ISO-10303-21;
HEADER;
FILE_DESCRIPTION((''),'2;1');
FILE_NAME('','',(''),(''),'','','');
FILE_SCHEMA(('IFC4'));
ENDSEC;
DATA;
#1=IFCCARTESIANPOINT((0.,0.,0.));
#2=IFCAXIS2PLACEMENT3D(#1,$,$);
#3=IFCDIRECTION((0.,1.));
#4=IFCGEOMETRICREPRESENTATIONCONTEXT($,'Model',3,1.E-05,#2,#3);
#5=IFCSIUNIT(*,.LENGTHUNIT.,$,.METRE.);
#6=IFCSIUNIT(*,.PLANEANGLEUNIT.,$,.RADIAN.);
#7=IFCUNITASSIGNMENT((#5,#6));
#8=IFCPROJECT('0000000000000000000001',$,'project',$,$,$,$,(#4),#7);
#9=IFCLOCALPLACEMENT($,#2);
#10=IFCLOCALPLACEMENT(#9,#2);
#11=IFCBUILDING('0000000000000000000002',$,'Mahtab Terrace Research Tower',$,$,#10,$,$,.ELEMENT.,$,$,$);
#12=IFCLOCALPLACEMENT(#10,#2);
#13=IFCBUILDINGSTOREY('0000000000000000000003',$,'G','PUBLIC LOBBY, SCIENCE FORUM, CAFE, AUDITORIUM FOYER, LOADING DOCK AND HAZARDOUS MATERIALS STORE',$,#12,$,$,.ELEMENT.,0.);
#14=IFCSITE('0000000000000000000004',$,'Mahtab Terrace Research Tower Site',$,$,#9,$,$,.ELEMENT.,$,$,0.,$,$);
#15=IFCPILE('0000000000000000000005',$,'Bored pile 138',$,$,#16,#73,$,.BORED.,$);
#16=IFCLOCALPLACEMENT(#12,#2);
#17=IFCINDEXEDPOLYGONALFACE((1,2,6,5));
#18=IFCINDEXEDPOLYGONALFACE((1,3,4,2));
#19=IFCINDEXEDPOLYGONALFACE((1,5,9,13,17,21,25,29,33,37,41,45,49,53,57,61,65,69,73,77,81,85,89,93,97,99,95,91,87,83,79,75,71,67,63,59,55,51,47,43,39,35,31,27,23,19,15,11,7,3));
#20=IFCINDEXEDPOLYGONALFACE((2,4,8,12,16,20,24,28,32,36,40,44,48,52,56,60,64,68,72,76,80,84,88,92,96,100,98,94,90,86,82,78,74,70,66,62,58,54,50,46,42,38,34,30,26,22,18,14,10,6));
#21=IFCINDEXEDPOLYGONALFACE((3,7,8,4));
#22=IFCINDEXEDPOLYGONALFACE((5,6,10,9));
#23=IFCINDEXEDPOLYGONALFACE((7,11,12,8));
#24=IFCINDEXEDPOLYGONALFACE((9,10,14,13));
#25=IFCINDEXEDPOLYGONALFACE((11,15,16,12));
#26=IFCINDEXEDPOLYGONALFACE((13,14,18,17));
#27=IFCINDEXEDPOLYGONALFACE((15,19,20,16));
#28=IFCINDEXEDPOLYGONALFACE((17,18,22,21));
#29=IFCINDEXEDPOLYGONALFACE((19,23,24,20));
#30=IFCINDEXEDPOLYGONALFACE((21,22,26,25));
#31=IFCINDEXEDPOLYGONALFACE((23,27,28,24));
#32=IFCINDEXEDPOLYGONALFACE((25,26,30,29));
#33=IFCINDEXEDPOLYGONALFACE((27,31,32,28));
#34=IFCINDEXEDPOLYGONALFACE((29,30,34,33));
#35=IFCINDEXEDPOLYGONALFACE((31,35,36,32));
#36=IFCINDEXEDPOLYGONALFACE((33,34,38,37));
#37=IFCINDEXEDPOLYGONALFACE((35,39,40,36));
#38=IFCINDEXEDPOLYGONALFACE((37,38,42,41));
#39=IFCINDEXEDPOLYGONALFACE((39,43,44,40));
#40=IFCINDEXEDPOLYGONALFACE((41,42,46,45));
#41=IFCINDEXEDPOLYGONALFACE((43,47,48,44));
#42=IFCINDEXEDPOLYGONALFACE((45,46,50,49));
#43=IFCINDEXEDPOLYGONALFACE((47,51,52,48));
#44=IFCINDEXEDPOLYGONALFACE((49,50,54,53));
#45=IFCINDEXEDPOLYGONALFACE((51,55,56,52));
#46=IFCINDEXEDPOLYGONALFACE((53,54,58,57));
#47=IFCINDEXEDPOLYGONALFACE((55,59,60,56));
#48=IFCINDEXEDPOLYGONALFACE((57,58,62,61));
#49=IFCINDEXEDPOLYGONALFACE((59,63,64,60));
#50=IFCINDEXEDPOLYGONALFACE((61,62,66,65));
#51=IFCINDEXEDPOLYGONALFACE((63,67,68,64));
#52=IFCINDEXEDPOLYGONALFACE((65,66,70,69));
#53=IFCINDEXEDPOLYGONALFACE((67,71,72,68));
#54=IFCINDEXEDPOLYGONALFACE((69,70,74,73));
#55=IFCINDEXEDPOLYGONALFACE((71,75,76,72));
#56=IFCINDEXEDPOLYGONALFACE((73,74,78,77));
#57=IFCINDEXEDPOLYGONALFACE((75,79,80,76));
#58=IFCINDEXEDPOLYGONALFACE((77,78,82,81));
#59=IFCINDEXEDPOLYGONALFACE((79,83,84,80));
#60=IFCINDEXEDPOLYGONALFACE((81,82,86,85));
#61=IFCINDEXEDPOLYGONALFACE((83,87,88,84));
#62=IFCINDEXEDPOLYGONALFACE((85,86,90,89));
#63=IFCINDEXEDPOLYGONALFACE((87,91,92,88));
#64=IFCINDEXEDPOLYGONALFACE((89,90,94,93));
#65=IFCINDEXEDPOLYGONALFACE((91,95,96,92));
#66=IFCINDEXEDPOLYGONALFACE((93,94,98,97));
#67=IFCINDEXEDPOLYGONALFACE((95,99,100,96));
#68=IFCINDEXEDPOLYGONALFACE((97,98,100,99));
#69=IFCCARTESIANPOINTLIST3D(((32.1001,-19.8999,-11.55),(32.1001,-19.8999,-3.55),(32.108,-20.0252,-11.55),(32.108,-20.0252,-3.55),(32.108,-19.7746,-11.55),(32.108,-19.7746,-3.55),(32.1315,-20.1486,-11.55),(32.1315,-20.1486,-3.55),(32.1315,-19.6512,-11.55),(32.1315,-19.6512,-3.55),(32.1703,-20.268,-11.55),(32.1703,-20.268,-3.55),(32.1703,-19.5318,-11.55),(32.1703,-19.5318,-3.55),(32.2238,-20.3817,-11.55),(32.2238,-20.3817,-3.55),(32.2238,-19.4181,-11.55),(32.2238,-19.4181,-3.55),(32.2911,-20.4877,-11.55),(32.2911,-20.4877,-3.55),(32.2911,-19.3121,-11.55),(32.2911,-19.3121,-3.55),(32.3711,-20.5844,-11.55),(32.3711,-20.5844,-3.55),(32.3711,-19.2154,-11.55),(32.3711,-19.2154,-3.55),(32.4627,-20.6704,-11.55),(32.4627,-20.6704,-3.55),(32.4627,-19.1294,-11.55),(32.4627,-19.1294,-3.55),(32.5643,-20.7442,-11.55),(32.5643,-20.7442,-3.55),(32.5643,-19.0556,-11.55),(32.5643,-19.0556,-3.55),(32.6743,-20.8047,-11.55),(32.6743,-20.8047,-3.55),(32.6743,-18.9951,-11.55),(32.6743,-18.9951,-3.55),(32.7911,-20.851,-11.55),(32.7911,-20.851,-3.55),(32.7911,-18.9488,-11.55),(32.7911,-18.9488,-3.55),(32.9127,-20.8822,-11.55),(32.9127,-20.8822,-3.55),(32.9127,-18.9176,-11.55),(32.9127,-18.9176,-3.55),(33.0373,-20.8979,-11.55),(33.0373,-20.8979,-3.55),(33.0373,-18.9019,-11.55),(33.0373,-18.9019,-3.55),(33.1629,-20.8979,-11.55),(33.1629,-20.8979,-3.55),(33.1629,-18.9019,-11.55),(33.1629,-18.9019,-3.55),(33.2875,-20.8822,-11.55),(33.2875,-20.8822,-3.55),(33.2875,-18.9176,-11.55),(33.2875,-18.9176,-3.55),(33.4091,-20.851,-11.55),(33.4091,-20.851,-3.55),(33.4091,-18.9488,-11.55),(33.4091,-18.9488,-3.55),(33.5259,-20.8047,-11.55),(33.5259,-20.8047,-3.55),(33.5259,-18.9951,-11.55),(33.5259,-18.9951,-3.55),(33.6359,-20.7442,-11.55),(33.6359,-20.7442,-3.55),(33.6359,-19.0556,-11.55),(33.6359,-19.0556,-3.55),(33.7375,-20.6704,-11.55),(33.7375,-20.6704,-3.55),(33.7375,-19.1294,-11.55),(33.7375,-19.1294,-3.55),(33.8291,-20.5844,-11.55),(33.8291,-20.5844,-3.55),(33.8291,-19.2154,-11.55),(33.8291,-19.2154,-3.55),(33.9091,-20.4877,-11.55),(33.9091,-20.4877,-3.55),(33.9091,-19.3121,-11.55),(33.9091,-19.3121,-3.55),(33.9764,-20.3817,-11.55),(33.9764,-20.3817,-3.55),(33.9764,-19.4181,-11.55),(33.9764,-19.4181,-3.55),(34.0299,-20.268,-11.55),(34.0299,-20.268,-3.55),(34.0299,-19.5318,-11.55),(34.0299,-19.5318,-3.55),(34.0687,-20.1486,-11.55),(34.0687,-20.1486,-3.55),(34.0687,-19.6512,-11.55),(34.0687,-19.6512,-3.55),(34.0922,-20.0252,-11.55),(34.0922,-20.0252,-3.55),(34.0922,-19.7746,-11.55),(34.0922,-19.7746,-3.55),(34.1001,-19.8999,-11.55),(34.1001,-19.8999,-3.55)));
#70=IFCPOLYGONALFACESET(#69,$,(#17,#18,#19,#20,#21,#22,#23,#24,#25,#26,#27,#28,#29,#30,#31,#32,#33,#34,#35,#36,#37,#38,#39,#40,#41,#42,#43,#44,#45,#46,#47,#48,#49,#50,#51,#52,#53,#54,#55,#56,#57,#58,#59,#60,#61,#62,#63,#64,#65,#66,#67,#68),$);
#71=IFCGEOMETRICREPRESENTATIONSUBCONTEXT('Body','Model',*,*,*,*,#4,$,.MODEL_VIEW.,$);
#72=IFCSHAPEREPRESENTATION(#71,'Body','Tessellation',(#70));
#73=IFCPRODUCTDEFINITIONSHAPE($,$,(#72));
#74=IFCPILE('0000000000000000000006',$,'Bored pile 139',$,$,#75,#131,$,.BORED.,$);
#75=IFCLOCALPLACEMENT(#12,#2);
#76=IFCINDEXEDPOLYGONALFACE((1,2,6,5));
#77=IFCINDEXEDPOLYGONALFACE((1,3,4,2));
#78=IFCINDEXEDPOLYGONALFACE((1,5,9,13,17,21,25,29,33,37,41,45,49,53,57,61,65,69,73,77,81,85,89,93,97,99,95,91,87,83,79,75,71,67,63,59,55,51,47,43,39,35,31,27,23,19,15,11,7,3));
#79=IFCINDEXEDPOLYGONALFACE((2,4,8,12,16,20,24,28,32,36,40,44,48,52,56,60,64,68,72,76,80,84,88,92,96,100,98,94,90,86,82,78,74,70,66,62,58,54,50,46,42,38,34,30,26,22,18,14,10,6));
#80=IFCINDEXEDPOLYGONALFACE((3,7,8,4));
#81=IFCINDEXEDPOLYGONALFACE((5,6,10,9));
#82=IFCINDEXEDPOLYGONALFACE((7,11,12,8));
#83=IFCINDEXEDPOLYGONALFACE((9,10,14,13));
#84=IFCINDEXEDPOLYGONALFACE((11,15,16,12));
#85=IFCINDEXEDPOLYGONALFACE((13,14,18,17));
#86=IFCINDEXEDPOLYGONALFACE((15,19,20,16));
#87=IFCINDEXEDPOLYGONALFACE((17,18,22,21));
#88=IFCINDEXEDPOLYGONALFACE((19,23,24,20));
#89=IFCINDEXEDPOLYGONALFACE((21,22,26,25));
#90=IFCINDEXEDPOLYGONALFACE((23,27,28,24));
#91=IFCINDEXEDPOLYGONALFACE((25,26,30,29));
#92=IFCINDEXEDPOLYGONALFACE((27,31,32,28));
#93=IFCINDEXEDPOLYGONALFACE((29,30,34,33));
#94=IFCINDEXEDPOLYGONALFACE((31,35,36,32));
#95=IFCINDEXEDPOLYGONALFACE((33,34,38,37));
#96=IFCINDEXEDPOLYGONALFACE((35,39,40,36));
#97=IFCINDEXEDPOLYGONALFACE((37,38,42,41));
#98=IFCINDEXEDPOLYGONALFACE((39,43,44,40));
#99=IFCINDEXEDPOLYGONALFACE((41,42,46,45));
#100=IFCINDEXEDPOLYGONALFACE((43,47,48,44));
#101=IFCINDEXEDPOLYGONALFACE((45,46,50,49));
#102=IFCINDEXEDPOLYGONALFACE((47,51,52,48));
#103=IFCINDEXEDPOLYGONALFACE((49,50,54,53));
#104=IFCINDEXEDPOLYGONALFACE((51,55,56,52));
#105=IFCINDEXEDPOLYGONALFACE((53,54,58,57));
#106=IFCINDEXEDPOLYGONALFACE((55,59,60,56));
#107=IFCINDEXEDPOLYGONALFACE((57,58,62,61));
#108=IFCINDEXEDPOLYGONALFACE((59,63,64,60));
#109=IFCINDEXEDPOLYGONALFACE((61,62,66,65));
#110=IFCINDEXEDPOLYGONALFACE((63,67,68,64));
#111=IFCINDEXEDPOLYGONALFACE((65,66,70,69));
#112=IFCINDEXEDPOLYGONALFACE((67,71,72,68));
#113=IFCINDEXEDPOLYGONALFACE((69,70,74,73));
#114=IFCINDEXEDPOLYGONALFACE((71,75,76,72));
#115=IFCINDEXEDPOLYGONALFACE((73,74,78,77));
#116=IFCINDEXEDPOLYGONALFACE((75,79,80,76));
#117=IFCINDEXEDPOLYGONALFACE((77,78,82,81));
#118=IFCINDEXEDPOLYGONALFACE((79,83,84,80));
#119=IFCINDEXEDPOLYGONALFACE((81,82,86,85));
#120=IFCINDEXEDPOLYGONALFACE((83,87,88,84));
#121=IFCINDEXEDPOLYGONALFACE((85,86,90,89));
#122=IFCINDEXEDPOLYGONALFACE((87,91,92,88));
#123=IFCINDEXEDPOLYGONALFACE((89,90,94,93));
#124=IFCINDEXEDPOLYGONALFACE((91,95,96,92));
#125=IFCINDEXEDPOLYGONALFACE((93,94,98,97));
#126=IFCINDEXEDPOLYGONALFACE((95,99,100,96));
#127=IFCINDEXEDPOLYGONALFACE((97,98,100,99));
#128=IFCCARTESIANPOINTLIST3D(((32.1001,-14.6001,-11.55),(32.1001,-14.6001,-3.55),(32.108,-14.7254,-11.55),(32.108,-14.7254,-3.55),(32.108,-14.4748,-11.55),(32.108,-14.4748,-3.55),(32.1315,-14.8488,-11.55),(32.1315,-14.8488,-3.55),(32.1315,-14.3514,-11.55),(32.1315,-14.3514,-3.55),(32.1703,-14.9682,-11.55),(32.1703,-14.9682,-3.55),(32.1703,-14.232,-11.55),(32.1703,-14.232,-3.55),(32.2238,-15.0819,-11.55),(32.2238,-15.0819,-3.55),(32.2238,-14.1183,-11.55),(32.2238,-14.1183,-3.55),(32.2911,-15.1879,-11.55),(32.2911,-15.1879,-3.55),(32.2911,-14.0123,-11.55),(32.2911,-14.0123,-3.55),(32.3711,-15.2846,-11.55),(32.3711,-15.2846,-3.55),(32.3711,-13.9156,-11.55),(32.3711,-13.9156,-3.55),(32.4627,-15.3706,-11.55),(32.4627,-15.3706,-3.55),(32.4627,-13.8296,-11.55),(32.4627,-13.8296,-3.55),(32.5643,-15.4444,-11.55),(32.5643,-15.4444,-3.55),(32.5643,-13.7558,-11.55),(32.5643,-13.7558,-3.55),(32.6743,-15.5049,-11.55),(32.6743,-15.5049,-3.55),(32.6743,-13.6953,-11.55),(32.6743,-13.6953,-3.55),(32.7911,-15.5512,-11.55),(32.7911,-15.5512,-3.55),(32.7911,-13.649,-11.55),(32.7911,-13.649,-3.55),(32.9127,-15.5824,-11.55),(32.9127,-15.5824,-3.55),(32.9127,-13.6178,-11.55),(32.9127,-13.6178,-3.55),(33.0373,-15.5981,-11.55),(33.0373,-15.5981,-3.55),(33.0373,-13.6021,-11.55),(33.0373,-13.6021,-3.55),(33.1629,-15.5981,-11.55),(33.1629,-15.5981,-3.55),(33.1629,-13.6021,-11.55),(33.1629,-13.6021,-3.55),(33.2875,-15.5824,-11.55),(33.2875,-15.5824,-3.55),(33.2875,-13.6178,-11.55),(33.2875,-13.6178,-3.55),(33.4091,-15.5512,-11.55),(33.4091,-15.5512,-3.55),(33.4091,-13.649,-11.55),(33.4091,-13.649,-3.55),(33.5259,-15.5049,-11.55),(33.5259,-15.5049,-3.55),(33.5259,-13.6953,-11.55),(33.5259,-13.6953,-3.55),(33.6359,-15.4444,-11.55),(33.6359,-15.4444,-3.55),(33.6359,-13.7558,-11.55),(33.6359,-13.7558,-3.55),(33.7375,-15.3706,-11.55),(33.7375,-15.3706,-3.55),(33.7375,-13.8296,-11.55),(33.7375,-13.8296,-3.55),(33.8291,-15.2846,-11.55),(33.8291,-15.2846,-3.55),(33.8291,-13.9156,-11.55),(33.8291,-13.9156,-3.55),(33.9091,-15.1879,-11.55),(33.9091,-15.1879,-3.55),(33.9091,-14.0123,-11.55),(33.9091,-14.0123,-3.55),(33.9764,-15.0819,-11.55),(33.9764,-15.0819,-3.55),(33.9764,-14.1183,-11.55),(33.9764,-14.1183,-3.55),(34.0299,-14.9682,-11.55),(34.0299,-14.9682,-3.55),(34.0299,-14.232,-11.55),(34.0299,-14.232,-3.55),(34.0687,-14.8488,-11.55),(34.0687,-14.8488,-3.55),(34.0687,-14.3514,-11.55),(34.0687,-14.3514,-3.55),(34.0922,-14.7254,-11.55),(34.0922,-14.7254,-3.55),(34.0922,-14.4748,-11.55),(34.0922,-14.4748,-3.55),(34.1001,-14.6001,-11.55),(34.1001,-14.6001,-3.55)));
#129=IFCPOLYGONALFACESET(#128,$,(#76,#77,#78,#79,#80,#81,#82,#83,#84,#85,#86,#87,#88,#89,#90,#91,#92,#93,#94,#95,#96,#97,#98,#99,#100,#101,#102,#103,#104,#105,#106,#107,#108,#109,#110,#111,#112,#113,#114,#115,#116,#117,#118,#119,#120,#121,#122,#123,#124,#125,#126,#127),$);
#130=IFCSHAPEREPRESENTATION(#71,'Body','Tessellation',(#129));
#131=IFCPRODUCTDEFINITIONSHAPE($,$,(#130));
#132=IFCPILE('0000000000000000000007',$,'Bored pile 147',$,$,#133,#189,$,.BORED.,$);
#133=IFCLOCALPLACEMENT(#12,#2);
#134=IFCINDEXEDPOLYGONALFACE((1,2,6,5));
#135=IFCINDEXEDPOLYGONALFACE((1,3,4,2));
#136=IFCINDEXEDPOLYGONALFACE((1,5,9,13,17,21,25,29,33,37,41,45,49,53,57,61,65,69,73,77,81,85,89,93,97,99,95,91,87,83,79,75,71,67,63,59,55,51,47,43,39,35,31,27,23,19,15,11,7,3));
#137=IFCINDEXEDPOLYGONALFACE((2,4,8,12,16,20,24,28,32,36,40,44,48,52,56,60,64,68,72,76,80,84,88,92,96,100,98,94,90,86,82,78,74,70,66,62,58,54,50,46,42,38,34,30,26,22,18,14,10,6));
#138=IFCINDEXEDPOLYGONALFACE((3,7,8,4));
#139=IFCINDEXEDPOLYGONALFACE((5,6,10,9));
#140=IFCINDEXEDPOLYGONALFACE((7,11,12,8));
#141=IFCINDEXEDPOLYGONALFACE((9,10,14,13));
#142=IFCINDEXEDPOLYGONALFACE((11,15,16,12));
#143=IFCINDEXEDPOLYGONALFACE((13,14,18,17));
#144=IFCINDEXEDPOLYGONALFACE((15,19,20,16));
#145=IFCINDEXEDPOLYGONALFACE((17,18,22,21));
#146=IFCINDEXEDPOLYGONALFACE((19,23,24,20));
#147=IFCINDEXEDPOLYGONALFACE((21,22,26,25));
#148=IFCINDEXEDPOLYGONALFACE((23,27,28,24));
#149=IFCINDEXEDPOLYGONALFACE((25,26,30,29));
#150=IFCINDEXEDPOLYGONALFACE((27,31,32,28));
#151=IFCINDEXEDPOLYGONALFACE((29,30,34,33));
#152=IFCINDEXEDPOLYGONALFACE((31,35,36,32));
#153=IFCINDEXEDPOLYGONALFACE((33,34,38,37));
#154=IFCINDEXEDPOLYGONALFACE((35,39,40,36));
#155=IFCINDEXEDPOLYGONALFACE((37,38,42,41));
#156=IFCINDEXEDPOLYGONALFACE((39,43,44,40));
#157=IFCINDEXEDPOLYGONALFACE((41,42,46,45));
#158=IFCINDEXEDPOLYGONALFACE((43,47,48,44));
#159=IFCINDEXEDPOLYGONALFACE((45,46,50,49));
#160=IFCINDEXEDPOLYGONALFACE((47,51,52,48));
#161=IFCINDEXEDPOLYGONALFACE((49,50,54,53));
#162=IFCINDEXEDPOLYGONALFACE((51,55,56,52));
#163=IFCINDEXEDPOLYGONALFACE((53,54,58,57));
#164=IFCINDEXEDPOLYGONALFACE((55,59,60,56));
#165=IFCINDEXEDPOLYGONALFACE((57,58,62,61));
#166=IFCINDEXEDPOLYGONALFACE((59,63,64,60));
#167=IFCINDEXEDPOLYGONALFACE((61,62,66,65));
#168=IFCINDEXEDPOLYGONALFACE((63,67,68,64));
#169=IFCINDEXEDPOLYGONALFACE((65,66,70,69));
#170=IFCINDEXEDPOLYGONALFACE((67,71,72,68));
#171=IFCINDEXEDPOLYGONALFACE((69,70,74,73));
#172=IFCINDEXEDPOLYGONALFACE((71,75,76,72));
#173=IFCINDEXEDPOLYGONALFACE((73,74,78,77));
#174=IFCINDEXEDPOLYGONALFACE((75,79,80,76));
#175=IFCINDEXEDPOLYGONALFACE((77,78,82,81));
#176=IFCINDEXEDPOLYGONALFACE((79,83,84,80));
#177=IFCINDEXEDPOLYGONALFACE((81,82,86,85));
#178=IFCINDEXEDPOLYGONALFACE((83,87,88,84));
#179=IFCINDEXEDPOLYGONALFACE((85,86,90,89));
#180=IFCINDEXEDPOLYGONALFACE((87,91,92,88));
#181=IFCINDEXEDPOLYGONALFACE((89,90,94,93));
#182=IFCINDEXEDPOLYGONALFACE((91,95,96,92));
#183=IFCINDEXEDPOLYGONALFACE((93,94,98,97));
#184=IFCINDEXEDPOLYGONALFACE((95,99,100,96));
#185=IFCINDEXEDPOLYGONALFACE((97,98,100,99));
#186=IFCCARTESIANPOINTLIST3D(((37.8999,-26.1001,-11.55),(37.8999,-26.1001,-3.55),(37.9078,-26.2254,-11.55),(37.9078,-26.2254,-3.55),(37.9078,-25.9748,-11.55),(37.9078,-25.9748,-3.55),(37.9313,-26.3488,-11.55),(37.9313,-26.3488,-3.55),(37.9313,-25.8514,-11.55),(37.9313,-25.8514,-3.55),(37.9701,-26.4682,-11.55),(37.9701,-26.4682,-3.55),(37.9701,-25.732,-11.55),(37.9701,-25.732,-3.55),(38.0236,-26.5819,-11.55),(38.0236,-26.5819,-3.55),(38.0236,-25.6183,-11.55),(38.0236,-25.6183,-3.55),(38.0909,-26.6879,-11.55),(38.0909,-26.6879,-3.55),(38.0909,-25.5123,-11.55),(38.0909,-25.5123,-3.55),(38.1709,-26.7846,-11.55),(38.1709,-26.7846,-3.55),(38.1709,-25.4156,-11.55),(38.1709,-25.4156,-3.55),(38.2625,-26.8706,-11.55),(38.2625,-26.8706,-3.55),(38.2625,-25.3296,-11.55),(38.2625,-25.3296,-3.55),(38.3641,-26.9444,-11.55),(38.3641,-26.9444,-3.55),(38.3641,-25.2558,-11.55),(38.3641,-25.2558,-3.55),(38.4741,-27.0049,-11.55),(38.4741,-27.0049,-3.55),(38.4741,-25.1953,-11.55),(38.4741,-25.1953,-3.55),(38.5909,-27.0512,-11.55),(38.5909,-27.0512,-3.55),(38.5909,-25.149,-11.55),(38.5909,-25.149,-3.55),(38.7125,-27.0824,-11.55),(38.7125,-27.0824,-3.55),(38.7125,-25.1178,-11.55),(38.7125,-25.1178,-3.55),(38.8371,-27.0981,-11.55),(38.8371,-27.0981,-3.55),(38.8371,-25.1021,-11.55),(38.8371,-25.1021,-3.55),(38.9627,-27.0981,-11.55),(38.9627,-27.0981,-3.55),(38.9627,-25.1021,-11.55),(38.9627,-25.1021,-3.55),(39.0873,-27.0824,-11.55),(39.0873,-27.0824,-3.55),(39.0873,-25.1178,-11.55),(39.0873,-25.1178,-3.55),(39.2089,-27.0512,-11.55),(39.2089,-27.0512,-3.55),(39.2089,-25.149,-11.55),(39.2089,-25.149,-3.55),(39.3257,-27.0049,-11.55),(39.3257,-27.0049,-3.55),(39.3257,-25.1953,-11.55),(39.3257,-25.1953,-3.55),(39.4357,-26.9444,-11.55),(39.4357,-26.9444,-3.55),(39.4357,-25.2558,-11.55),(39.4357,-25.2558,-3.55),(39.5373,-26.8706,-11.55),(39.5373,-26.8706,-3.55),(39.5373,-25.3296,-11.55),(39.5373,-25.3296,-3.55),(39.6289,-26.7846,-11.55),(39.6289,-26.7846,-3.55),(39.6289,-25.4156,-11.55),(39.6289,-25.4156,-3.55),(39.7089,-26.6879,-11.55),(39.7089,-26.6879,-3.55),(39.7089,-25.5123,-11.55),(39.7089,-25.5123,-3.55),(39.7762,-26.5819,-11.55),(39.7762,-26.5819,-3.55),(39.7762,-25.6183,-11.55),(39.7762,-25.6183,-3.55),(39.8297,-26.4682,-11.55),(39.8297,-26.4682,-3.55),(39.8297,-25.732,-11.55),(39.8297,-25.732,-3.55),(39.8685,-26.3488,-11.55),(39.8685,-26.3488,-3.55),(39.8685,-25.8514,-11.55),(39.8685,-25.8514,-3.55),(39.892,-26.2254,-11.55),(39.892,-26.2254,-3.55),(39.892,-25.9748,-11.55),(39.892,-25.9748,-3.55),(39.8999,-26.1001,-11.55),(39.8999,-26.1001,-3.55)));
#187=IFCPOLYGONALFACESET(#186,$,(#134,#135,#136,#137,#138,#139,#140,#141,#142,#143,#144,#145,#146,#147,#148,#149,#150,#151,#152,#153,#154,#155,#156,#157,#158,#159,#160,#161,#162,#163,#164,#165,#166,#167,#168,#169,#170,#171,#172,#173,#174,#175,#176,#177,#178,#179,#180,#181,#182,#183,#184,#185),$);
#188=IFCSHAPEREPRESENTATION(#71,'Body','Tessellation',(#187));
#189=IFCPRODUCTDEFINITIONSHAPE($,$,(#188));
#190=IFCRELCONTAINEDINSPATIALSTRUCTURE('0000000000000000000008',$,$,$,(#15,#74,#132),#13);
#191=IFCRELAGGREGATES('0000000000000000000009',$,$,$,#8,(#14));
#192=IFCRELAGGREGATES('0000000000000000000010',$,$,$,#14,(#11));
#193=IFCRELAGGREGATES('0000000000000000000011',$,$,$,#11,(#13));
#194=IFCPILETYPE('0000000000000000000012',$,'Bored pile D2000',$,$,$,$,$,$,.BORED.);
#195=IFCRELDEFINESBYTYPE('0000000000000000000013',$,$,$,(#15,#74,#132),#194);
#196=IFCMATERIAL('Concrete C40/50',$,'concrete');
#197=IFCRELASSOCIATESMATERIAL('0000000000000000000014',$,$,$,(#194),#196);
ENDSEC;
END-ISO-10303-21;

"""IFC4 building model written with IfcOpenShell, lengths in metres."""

from ifc_helpers import new_model, si_unit, direction, frame, origin, origin_2d, place, context, subcontext, project, spatial, circle, extrude, material, material_profile, profile_set, type_object, element, save


model = new_model("IFC4")

# Units and contexts
model_context = context("Model", 3, precision=1e-05, world=origin(), true_north=direction((0.0, 1.0)))
body_context = subcontext(model_context, "Body", "Model", "MODEL_VIEW")
ifc_project = project(units=[si_unit("LENGTHUNIT", "METRE"), si_unit("PLANEANGLEUNIT", "RADIAN")], contexts=[model_context])

# Site, building, storey
site_placement = place(None, origin())
site = spatial("IfcSite", under=ifc_project, at=site_placement, Name="Mahtab Terrace Research Tower Site", CompositionType="ELEMENT", RefElevation=0.0)
building_placement = place(site_placement, origin())
building = spatial("IfcBuilding", under=site, at=building_placement, Name="Mahtab Terrace Research Tower", CompositionType="ELEMENT")
storey_placement = place(building_placement, origin())
storey = spatial("IfcBuildingStorey", under=building, at=storey_placement, Name="G", Description="PUBLIC LOBBY, SCIENCE FORUM, CAFE, AUDITORIUM FOYER, LOADING DOCK AND HAZARDOUS MATERIALS STORE", CompositionType="ELEMENT", Elevation=0.0)

# Piles
ifc_material_1 = material(Name="Concrete C40/50", Category="concrete")
ifc_material_profile_1 = material_profile(ifc_material_1, circle(Radius=1.0, at=origin_2d()), Name="Bored pile D2000")
ifc_profile_set_1 = profile_set([ifc_material_profile_1], Name="Concrete C40/50")
pile_type_1 = type_object("IfcPileType", Name="Bored pile D2000", PredefinedType="BORED", material=ifc_profile_set_1)
for number, where, z_axis, x_axis, name in (
    (1, (33.1001, -19.8999, -3.55), (0.0, 0.0, -1.0), (1.0, 0.0, 0.0), "Bored pile 138"),
    (2, (33.1001, -14.6001, -3.55), (0.0, 0.0, -1.0), (1.0, 0.0, 0.0), "Bored pile 139"),
    (3, (38.8999, -26.1001, -3.55), (0.0, 0.0, -1.0), (1.0, 0.0, 0.0), "Bored pile 147"),
):
    element("IfcPile", number, at=place(storey_placement, frame(where, z_axis=z_axis, x_axis=x_axis)), inside=storey, type_object=pile_type_1, Name=name, PredefinedType="BORED", context=body_context, shape_type="SweptSolid", body=[
        extrude(circle(Radius=1.0, at=origin_2d()), origin(), (0.0, 0.0, 1.0), 8.0),
    ])

save(model, "model.ifc")
